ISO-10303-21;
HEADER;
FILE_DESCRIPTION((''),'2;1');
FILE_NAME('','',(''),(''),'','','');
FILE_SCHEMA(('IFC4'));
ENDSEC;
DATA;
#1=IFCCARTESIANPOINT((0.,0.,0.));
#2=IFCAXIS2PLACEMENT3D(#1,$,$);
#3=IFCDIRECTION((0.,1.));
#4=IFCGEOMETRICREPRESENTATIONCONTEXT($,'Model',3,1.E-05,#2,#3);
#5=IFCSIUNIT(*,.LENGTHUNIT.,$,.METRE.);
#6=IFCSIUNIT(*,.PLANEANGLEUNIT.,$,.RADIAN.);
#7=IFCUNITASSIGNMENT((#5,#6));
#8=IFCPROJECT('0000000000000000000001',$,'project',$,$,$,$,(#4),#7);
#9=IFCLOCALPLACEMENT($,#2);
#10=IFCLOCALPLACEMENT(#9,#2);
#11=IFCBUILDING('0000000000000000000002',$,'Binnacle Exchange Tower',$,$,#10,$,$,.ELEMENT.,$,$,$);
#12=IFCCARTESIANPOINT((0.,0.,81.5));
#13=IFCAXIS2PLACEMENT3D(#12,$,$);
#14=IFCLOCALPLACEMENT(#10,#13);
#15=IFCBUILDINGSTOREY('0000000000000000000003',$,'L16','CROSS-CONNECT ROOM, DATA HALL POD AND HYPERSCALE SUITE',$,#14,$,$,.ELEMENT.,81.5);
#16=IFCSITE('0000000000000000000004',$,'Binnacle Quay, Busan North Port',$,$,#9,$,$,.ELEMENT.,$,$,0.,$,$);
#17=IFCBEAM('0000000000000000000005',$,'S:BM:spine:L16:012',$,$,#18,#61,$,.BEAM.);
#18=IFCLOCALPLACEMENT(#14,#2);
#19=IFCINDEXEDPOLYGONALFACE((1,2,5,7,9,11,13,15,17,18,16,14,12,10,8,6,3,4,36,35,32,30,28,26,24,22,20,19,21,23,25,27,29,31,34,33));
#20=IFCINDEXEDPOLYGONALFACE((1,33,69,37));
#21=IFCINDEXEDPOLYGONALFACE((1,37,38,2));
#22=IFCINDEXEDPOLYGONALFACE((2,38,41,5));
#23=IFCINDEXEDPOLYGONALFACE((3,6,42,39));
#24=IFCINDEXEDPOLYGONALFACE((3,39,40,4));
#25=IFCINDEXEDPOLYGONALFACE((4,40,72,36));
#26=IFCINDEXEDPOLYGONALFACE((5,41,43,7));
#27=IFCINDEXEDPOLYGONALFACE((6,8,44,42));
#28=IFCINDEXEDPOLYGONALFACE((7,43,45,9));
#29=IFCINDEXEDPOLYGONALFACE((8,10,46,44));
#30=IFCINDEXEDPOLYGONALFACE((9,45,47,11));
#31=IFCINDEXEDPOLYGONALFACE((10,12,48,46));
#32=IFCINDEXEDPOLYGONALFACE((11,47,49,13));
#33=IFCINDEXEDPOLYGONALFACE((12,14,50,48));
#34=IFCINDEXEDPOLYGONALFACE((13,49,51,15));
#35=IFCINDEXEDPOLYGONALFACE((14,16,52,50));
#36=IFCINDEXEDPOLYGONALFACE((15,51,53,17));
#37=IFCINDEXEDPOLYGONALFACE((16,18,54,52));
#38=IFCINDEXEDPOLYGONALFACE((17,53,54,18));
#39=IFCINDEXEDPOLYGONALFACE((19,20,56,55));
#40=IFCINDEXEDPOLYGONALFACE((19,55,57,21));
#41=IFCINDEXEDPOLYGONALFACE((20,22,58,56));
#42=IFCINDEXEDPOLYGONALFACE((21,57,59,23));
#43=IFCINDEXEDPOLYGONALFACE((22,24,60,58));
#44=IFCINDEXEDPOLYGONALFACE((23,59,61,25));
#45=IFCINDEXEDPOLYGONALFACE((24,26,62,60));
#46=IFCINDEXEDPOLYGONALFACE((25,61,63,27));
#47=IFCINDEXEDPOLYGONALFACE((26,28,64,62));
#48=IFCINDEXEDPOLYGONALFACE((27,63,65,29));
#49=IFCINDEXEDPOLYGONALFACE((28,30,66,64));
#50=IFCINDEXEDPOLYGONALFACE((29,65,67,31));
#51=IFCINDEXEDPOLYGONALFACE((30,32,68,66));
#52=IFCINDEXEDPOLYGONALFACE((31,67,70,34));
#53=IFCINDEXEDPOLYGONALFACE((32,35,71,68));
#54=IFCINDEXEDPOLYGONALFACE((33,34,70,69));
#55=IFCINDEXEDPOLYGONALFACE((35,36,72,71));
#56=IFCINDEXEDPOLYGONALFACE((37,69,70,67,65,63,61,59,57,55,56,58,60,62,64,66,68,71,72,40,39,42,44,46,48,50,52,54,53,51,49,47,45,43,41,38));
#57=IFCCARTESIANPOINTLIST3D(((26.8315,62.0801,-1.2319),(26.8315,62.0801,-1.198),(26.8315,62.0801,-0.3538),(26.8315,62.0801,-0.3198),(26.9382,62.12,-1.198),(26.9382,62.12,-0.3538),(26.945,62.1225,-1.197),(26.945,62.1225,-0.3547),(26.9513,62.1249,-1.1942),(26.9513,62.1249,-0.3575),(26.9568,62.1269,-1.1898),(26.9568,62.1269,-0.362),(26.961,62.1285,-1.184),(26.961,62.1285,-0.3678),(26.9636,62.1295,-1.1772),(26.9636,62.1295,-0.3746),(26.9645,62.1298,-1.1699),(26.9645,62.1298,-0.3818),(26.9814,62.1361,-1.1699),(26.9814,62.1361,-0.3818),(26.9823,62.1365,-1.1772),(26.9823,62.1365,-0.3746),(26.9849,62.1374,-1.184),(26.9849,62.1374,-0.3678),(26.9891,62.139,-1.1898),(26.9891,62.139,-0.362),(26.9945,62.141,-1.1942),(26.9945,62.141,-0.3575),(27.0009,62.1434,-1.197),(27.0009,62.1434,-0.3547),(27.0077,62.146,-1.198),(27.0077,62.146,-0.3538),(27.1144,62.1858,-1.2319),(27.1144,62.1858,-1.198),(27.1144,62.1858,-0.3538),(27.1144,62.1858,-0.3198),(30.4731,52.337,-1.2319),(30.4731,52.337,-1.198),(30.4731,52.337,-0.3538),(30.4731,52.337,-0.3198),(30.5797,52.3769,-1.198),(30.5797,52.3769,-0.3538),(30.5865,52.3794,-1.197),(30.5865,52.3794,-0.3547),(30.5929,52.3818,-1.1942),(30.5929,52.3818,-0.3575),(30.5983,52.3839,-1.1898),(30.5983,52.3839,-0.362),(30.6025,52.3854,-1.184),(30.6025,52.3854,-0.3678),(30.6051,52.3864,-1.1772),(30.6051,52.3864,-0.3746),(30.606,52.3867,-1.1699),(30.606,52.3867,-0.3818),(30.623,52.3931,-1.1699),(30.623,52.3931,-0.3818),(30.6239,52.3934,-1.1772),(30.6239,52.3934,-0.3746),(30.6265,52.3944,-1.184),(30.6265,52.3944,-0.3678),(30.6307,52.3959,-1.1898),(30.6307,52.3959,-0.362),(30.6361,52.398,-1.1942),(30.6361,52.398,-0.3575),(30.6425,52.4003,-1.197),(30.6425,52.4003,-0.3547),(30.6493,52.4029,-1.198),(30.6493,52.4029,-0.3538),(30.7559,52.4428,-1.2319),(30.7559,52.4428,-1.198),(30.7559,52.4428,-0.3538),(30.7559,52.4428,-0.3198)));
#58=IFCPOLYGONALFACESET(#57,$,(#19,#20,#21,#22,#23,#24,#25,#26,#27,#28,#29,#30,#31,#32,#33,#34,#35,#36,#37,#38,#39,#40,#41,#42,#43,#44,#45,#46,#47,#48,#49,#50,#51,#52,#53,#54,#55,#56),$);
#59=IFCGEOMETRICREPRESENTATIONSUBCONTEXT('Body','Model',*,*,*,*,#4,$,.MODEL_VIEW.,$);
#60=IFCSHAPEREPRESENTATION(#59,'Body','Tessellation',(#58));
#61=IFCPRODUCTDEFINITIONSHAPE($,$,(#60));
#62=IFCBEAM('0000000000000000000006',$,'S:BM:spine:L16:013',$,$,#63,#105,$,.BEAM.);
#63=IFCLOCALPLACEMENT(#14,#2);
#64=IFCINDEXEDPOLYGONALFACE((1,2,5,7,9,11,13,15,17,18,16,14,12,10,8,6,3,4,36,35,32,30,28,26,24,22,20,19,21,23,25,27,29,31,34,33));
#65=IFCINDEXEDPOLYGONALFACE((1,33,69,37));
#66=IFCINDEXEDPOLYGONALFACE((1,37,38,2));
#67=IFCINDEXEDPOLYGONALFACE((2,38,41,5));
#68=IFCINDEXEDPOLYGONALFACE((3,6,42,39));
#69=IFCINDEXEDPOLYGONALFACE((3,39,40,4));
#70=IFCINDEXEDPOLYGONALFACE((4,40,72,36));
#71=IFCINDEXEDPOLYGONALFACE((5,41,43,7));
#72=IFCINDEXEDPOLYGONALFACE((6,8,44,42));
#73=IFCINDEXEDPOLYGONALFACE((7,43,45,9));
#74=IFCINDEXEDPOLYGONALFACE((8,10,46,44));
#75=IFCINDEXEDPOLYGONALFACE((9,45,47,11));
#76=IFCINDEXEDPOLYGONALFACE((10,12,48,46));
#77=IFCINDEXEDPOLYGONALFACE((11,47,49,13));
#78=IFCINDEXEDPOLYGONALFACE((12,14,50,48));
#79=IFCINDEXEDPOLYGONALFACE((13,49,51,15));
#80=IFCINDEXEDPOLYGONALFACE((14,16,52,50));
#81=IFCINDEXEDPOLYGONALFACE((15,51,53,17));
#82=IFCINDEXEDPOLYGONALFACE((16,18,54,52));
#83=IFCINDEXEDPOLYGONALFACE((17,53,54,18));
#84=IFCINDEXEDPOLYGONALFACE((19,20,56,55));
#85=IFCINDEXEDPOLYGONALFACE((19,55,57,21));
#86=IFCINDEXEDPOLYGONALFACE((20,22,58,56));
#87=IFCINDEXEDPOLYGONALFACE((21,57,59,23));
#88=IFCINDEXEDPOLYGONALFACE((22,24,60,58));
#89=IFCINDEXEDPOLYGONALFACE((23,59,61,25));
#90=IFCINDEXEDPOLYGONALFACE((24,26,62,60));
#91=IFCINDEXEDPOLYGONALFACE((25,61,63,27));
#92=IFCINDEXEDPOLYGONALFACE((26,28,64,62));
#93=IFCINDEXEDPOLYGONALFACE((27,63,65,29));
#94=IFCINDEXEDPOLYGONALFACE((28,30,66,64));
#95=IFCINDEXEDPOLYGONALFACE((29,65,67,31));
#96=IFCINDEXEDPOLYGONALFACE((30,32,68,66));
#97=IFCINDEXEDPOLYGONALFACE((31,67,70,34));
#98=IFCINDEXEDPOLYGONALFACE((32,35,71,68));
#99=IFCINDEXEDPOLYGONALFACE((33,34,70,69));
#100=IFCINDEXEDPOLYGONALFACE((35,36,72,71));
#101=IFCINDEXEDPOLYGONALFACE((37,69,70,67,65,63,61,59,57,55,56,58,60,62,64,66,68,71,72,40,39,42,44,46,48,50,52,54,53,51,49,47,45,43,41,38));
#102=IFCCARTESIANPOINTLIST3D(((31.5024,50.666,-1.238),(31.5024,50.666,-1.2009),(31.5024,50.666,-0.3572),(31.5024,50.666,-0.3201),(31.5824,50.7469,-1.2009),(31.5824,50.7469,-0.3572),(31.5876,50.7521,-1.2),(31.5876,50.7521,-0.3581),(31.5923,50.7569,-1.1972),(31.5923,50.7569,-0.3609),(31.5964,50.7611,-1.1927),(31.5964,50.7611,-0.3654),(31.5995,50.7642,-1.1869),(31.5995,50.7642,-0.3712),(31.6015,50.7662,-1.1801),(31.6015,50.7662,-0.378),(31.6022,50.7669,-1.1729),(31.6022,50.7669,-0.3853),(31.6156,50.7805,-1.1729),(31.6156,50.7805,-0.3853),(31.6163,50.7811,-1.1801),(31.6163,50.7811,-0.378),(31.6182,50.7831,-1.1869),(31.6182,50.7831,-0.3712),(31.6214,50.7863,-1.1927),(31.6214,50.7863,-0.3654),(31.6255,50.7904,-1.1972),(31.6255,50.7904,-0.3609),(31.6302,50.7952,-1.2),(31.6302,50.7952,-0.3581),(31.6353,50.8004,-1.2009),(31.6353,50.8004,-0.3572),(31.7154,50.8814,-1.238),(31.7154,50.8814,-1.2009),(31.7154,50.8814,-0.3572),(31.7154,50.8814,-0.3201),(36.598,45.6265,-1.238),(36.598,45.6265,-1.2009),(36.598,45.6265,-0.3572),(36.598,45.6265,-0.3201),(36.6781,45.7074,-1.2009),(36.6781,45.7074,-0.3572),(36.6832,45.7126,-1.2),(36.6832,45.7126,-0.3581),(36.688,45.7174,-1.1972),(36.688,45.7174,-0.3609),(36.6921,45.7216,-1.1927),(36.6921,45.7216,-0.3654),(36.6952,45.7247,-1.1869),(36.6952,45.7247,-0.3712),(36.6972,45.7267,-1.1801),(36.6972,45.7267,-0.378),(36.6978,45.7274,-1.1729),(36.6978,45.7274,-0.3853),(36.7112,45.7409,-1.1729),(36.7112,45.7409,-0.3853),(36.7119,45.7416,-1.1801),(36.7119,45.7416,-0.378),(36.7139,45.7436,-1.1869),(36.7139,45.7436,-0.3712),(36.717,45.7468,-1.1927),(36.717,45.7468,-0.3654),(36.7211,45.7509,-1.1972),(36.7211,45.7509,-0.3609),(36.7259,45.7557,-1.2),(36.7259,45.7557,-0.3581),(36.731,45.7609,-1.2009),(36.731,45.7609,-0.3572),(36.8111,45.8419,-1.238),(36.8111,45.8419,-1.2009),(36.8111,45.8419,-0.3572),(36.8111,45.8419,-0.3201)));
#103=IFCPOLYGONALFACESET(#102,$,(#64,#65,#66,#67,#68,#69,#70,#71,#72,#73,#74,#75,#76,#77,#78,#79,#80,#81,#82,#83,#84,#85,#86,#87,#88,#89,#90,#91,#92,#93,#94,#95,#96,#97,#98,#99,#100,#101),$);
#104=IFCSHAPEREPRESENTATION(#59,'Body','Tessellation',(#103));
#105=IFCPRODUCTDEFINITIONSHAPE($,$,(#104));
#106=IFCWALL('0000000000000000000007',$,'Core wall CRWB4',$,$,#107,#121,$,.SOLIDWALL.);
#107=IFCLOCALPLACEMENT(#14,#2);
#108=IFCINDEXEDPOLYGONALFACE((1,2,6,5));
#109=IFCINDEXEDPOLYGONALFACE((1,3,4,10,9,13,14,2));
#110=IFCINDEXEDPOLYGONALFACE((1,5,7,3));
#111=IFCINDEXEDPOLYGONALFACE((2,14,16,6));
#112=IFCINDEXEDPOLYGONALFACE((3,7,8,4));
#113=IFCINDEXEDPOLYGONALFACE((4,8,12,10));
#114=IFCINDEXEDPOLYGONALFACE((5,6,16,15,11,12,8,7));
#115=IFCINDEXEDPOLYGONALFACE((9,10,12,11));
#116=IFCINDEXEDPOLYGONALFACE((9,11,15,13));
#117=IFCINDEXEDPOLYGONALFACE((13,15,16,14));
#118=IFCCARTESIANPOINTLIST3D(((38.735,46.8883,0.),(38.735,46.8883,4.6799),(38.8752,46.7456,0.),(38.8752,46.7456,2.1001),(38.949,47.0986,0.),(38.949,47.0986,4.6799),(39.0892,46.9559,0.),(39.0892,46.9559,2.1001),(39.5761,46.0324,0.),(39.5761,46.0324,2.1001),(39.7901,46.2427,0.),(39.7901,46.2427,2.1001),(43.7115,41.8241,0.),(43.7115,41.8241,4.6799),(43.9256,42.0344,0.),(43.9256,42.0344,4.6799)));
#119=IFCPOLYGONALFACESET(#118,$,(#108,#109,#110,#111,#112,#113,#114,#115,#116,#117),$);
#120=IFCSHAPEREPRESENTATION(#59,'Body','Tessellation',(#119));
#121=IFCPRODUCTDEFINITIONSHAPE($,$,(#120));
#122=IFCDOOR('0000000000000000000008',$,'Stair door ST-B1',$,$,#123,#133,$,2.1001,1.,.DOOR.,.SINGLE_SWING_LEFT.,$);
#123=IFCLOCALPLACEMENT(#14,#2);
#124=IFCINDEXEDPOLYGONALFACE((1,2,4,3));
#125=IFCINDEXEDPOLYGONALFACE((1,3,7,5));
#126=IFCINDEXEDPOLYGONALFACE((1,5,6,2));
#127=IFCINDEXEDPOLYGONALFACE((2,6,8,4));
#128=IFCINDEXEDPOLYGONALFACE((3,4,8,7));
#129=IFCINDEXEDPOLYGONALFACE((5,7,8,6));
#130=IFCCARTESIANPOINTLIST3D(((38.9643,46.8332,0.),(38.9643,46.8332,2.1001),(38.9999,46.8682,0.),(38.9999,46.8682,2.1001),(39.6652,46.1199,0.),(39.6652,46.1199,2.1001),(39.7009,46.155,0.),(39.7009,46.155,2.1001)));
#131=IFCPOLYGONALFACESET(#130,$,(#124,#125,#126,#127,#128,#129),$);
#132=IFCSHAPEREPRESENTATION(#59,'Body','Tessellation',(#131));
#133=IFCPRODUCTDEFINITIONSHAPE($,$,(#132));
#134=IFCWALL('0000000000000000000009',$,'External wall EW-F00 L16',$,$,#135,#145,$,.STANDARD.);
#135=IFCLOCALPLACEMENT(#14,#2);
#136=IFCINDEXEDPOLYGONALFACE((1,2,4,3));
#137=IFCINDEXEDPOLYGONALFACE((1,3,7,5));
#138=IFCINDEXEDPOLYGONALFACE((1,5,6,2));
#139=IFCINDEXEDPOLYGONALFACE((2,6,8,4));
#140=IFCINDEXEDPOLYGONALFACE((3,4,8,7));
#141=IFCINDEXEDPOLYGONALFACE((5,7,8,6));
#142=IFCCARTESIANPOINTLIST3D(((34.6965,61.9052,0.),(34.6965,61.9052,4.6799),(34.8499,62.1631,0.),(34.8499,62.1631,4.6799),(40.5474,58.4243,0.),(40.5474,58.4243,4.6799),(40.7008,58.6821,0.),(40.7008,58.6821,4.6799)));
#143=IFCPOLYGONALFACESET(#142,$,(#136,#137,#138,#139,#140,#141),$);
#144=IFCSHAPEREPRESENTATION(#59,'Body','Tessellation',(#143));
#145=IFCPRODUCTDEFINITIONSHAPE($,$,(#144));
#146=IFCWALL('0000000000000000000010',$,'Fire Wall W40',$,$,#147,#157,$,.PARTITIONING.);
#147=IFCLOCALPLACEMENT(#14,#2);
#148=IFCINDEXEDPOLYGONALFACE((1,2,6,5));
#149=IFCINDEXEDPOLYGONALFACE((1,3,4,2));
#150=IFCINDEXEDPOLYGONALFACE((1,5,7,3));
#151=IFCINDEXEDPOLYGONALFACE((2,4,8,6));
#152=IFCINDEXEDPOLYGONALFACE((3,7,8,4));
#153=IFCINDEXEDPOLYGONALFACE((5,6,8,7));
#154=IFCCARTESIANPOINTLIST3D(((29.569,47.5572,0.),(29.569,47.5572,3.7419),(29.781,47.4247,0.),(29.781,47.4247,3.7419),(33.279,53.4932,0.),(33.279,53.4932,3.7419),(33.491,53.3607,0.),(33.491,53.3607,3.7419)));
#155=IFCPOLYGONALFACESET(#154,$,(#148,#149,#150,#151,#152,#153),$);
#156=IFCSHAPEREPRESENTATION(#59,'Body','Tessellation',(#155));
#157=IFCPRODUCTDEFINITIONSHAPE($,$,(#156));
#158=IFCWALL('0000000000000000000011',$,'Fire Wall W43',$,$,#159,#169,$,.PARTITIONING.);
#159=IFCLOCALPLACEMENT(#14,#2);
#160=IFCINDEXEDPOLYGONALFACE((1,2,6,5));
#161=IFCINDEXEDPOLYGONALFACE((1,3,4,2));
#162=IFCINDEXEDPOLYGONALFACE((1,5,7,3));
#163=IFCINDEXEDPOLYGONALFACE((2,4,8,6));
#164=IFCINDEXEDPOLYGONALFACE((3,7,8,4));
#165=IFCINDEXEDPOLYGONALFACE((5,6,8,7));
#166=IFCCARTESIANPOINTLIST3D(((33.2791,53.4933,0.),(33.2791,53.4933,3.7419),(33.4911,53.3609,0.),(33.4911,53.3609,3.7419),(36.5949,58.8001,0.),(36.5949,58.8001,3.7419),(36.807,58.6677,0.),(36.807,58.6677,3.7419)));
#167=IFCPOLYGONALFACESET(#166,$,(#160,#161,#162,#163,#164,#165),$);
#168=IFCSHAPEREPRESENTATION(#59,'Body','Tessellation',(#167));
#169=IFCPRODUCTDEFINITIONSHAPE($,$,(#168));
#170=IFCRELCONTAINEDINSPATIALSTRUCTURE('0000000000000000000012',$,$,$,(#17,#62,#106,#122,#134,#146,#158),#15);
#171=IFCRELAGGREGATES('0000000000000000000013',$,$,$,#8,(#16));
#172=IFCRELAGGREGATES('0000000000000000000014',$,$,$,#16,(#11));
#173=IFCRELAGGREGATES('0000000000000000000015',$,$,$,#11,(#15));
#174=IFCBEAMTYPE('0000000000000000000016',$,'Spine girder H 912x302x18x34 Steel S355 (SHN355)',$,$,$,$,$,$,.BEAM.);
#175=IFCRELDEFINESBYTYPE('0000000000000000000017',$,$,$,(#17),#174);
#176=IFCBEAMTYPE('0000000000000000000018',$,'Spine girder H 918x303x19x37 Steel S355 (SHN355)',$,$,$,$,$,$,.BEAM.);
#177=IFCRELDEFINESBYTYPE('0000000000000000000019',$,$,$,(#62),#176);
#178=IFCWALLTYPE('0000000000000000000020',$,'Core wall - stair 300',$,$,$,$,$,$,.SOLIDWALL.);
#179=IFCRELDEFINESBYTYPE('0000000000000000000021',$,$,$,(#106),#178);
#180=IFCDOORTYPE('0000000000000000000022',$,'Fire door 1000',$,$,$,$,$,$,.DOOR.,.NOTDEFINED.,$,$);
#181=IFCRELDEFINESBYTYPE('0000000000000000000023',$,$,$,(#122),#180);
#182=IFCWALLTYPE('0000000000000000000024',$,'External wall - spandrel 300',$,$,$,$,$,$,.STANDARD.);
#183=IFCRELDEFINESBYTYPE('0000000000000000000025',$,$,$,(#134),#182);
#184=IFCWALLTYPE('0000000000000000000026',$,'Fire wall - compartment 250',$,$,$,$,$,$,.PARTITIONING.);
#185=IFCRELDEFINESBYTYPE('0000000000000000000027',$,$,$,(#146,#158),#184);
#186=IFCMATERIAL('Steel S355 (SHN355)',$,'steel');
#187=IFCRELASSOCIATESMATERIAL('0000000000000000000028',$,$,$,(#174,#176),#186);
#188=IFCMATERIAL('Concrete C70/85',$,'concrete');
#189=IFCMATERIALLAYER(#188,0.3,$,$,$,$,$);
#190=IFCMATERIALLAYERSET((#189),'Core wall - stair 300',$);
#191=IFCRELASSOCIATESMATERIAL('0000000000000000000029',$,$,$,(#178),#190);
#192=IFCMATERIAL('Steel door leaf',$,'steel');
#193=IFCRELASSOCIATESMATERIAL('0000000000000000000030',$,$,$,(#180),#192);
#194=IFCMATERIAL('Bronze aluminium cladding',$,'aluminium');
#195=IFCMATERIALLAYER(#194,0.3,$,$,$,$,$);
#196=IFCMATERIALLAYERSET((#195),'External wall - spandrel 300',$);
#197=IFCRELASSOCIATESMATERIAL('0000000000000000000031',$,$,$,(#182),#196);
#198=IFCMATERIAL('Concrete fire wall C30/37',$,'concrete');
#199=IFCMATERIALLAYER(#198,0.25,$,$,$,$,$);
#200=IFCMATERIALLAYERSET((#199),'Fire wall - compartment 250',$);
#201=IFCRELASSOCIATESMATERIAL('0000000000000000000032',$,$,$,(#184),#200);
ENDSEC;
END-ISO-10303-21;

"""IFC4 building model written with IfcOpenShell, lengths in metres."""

from ifc_helpers import new_model, si_unit, direction, frame, frame_2d, origin, origin_2d, place, context, subcontext, project, spatial, rectangle, i_section, extrude, material, layer, layer_set, material_profile, profile_set, type_object, element, fill, save


model = new_model("IFC4")

# Units and contexts
model_context = context("Model", 3, precision=1e-05, world=origin(), true_north=direction((0.0, 1.0)))
body_context = subcontext(model_context, "Body", "Model", "MODEL_VIEW")
ifc_project = project(units=[si_unit("LENGTHUNIT", "METRE"), si_unit("PLANEANGLEUNIT", "RADIAN")], contexts=[model_context])

# Site, building, storey
site_placement = place(None, origin())
site = spatial("IfcSite", under=ifc_project, at=site_placement, Name="Binnacle Quay, Busan North Port", CompositionType="ELEMENT", RefElevation=0.0)
building_placement = place(site_placement, origin())
building = spatial("IfcBuilding", under=site, at=building_placement, Name="Binnacle Exchange Tower", CompositionType="ELEMENT")
storey_placement = place(building_placement, frame((0.0, 0.0, 81.5)))
storey = spatial("IfcBuildingStorey", under=building, at=storey_placement, Name="L16", Description="CROSS-CONNECT ROOM, DATA HALL POD AND HYPERSCALE SUITE", CompositionType="ELEMENT", Elevation=81.5)

# Shared definitions
ifc_material_1 = material(Name="Concrete C70/85", Category="concrete")

# Beams
ifc_material_2 = material(Name="Steel S355 (SHN355)", Category="steel")
ifc_material_profile_1 = material_profile(ifc_material_2, i_section(OverallWidth=0.302, OverallDepth=0.9121, WebThickness=0.0181, FlangeThickness=0.0339, FilletRadius=0.0281, at=origin_2d()), Name="H 912x302x18x34")
ifc_profile_set_1 = profile_set([ifc_material_profile_1], Name="Steel S355 (SHN355)")
beam_type_1 = type_object("IfcBeamType", Name="Spine girder H 912x302x18x34 Steel S355 (SHN355)", PredefinedType="BEAM", material=ifc_profile_set_1)
beam_1_placement = place(storey_placement, frame((30.6145, 52.3899, -0.7759), z_axis=(-0.350105, 0.936711, 0.0), x_axis=(-0.936711, -0.350105, 0.0)))
element("IfcBeam", 1, at=beam_1_placement, inside=storey, type_object=beam_type_1, Name="S:BM:spine:L16:012", PredefinedType="BEAM", context=body_context, shape_type="SweptSolid", body=[
    extrude(i_section(OverallWidth=0.302, OverallDepth=0.9121, WebThickness=0.0181, FlangeThickness=0.0339, FilletRadius=0.0281, at=origin_2d()), origin(), (0.0, 0.0, 1.0), 10.4014),
])
ifc_material_profile_2 = material_profile(ifc_material_2, i_section(OverallWidth=0.303, OverallDepth=0.918, WebThickness=0.019, FlangeThickness=0.0371, FilletRadius=0.0281, at=origin_2d()), Name="H 918x303x19x37")
ifc_profile_set_2 = profile_set([ifc_material_profile_2], Name="Steel S355 (SHN355)")
beam_type_2 = type_object("IfcBeamType", Name="Spine girder H 918x303x19x37 Steel S355 (SHN355)", PredefinedType="BEAM", material=ifc_profile_set_2)
beam_2_placement = place(storey_placement, frame((31.6089, 50.7737, -0.7791), z_axis=(0.711013, -0.703178, 0.0), x_axis=(0.703178, 0.711013, 0.0)))
element("IfcBeam", 2, at=beam_2_placement, inside=storey, type_object=beam_type_2, Name="S:BM:spine:L16:013", PredefinedType="BEAM", context=body_context, shape_type="SweptSolid", body=[
    extrude(i_section(OverallWidth=0.303, OverallDepth=0.918, WebThickness=0.019, FlangeThickness=0.0371, FilletRadius=0.0281, at=origin_2d()), origin(), (0.0, 0.0, 1.0), 7.1667),
])

# Wall, opening, door
ifc_layer_1 = layer(ifc_material_1, 0.3)
ifc_layer_set_1 = layer_set([ifc_layer_1], Name="Core wall - stair 300")
wall_type_1 = type_object("IfcWallType", Name="Core wall - stair 300", PredefinedType="SOLIDWALL", material=ifc_layer_set_1)
wall_1_placement = place(storey_placement, frame((38.842, 46.9934, 0.0), z_axis=(0.0, 0.0, 1.0), x_axis=(0.700908, -0.713252, 0.0)))
wall_1 = element("IfcWall", 3, at=wall_1_placement, inside=storey, type_object=wall_type_1, Name="Core wall CRWB4", PredefinedType="SOLIDWALL", context=body_context, shape_type="SweptSolid", body=[
    extrude(rectangle(XDim=7.1001, YDim=0.3, at=frame_2d((3.55, 0.0))), origin(), (0.0, 0.0, 1.0), 4.6799),
])
opening_1_placement = place(wall_1_placement, frame((0.2, 0.0, 0.0)))
opening_1 = element("IfcOpeningElement", 4, at=opening_1_placement, cuts=wall_1, PredefinedType="OPENING", context=body_context, shape_type="SweptSolid", body=[
    extrude(rectangle(XDim=1.0, YDim=2.1001, at=frame_2d((0.5, 1.05))), frame((0.0, 0.1599, 0.0), z_axis=(0.0, -1.0, 0.0), x_axis=(1.0, 0.0, 0.0)), (0.0, 0.0, 1.0), 0.3201),
])
ifc_material_3 = material(Name="Steel door leaf", Category="steel")
door_type_1 = type_object("IfcDoorType", Name="Fire door 1000", OperationType="NOTDEFINED", PredefinedType="DOOR", material=ifc_material_3)
door_1_placement = place(opening_1_placement, origin())
door_1 = element("IfcDoor", 5, at=door_1_placement, inside=storey, type_object=door_type_1, Name="Stair door ST-B1", OperationType="SINGLE_SWING_LEFT", OverallHeight=2.1001, OverallWidth=1.0, PredefinedType="DOOR", context=body_context, shape_type="SweptSolid", body=[
    extrude(rectangle(XDim=1.0, YDim=2.1001, at=frame_2d((0.5, 1.05))), frame((0.0, 0.0249, 0.0), z_axis=(0.0, -1.0, 0.0), x_axis=(1.0, 0.0, 0.0)), (0.0, 0.0, 1.0), 0.05),
])
fill(opening_1, door_1)

# Walls
ifc_material_4 = material(Name="Bronze aluminium cladding", Category="aluminium")
ifc_layer_2 = layer(ifc_material_4, 0.3)
ifc_layer_set_2 = layer_set([ifc_layer_2], Name="External wall - spandrel 300")
wall_type_2 = type_object("IfcWallType", Name="External wall - spandrel 300", PredefinedType="STANDARD", material=ifc_layer_set_2)
wall_2_placement = place(storey_placement, frame((34.7732, 62.0342, 0.0), z_axis=(0.0, 0.0, 1.0), x_axis=(0.859401, -0.511302, 0.0)))
element("IfcWall", 6, at=wall_2_placement, inside=storey, type_object=wall_type_2, Name="External wall EW-F00 L16", PredefinedType="STANDARD", context=body_context, shape_type="SweptSolid", body=[
    extrude(rectangle(XDim=6.8081, YDim=0.3, at=frame_2d((3.4041, 0.0))), origin(), (0.0, 0.0, 1.0), 4.6799),
])
ifc_material_5 = material(Name="Concrete fire wall C30/37", Category="concrete")
ifc_layer_3 = layer(ifc_material_5, 0.25)
ifc_layer_set_3 = layer_set([ifc_layer_3], Name="Fire wall - compartment 250")
wall_type_3 = type_object("IfcWallType", Name="Fire wall - compartment 250", PredefinedType="PARTITIONING", material=ifc_layer_set_3)
wall_3_placement = place(storey_placement, frame((29.675, 47.491, 0.0), z_axis=(0.0, 0.0, 1.0), x_axis=(0.529993, 0.848002, 0.0)))
element("IfcWall", 7, at=wall_3_placement, inside=storey, type_object=wall_type_3, Name="Fire Wall W40", PredefinedType="PARTITIONING", context=body_context, shape_type="SweptSolid", body=[
    extrude(rectangle(XDim=7.0, YDim=0.25, at=frame_2d((3.5, 0.0))), origin(), (0.0, 0.0, 1.0), 3.7419),
])
wall_4_placement = place(storey_placement, frame((33.385, 53.427, 0.0), z_axis=(0.0, 0.0, 1.0), x_axis=(0.529897, 0.848062, 0.0)))
element("IfcWall", 8, at=wall_4_placement, inside=storey, type_object=wall_type_3, Name="Fire Wall W43", PredefinedType="PARTITIONING", context=body_context, shape_type="SweptSolid", body=[
    extrude(rectangle(XDim=6.2576, YDim=0.25, at=frame_2d((3.1289, 0.0))), origin(), (0.0, 0.0, 1.0), 3.7419),
])

save(model, "model.ifc")
